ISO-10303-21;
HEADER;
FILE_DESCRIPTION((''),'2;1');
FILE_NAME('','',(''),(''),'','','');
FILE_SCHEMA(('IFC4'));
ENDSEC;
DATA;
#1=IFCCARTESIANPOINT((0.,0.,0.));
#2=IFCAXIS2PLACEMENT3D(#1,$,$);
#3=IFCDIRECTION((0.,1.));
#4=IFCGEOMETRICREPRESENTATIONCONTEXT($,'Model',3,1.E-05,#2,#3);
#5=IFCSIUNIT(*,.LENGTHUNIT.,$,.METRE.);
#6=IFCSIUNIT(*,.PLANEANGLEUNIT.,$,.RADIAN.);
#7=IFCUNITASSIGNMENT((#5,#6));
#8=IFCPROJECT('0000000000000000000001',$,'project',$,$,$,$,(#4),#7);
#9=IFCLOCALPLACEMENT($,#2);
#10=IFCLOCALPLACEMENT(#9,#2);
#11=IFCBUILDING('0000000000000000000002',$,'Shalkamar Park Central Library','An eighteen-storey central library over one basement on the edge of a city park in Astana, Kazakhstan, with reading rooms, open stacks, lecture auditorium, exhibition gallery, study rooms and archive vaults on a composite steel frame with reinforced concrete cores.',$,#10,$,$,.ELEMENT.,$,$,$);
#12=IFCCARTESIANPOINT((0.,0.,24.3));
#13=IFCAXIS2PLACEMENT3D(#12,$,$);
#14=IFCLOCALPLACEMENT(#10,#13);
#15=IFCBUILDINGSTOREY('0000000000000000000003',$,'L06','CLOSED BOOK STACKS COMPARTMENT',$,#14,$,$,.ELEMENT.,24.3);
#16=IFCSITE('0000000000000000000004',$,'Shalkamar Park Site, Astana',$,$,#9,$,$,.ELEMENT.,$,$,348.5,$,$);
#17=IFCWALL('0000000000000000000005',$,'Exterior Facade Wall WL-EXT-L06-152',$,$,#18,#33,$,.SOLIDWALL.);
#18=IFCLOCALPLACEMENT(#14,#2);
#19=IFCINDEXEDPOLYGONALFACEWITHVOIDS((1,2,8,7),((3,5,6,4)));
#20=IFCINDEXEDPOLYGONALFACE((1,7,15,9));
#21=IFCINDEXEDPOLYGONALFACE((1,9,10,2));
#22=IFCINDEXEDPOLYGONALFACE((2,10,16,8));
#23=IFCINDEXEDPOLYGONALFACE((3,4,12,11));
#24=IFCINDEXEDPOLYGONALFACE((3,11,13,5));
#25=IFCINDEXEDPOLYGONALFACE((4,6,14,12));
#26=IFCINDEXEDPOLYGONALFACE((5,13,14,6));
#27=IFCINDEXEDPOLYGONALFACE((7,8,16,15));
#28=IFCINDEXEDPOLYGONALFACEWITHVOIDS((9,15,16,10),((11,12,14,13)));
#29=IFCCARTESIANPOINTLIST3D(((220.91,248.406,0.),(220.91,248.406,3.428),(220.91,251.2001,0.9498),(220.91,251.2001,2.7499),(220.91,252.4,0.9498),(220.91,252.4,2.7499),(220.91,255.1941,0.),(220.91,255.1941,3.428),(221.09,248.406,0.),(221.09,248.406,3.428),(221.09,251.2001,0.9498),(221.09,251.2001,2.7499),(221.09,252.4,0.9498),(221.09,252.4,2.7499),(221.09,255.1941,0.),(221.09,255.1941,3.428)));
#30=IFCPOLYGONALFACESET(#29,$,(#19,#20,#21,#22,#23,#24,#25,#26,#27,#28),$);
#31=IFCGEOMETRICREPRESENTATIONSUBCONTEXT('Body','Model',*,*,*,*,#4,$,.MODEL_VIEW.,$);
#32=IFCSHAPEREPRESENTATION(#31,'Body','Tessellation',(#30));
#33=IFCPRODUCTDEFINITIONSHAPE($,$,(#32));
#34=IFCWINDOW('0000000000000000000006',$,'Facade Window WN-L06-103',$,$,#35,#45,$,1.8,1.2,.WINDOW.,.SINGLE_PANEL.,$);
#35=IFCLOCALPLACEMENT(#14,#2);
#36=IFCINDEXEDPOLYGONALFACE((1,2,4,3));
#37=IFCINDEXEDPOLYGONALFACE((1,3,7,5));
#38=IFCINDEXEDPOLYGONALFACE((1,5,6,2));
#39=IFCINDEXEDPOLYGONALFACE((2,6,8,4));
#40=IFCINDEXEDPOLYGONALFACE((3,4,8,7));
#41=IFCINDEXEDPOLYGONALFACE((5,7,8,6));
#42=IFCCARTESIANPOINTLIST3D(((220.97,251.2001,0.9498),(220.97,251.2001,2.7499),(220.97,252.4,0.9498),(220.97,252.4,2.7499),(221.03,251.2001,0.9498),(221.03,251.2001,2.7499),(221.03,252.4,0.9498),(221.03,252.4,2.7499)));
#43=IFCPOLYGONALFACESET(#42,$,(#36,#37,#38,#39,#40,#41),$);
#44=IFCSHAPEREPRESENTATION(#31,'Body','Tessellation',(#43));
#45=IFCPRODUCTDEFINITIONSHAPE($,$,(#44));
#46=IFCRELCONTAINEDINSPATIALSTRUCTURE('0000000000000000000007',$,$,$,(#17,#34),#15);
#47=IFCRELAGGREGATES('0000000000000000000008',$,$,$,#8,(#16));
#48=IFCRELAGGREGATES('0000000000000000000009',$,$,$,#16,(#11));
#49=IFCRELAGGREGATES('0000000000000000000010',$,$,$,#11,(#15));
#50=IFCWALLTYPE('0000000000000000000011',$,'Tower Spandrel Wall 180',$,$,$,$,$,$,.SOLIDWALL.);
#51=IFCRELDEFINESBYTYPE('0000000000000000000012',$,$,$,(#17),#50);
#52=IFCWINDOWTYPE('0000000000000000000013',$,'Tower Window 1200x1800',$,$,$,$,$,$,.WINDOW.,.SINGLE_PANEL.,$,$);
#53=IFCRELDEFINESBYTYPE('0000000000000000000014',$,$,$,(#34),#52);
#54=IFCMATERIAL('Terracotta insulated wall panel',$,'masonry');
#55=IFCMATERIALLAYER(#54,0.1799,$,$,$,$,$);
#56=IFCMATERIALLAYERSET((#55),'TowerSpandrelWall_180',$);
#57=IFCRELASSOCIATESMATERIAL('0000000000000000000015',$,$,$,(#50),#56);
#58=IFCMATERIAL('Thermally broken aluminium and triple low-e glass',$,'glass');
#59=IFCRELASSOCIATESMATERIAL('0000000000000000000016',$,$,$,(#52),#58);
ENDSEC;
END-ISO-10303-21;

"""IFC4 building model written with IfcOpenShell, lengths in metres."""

from ifc_helpers import new_model, si_unit, direction, frame, frame_2d, origin, place, context, subcontext, project, spatial, rectangle, extrude, material, layer, layer_set, type_object, element, fill, save


model = new_model("IFC4")

# Units and contexts
model_context = context("Model", 3, precision=1e-05, world=origin(), true_north=direction((0.0, 1.0)))
body_context = subcontext(model_context, "Body", "Model", "MODEL_VIEW")
ifc_project = project(units=[si_unit("LENGTHUNIT", "METRE"), si_unit("PLANEANGLEUNIT", "RADIAN")], contexts=[model_context])

# Site, building, storey
site_placement = place(None, origin())
site = spatial("IfcSite", under=ifc_project, at=site_placement, Name="Shalkamar Park Site, Astana", CompositionType="ELEMENT", RefElevation=348.5)
building_placement = place(site_placement, origin())
building = spatial("IfcBuilding", under=site, at=building_placement, Name="Shalkamar Park Central Library", Description="An eighteen-storey central library over one basement on the edge of a city park in Astana, Kazakhstan, with reading rooms, open stacks, lecture auditorium, exhibition gallery, study rooms and archive vaults on a composite steel frame with reinforced concrete cores.", CompositionType="ELEMENT")
storey_placement = place(building_placement, frame((0.0, 0.0, 24.3)))
storey = spatial("IfcBuildingStorey", under=building, at=storey_placement, Name="L06", Description="CLOSED BOOK STACKS COMPARTMENT", CompositionType="ELEMENT", Elevation=24.3)

# Shared definitions
ifc_material_1 = material(Name="Terracotta insulated wall panel", Category="masonry")
ifc_layer_1 = layer(ifc_material_1, 0.1799)
ifc_layer_set_1 = layer_set([ifc_layer_1], Name="TowerSpandrelWall_180")
wall_type_1 = type_object("IfcWallType", Name="Tower Spandrel Wall 180", PredefinedType="SOLIDWALL", material=ifc_layer_set_1)
ifc_material_2 = material(Name="Thermally broken aluminium and triple low-e glass", Category="glass")

# Wall, opening, window
wall_1_placement = place(storey_placement, frame((221.0, 248.406, 0.0), z_axis=(0.0, 0.0, 1.0), x_axis=(0.0, 1.0, 0.0)))
wall_1 = element("IfcWall", 1, at=wall_1_placement, inside=storey, type_object=wall_type_1, Name="Exterior Facade Wall WL-EXT-L06-152", PredefinedType="SOLIDWALL", context=body_context, shape_type="SweptSolid", body=[
    extrude(rectangle(XDim=6.7881, YDim=0.1799, at=frame_2d((3.394, 0.0))), origin(), (0.0, 0.0, 1.0), 3.428),
])
opening_1_placement = place(wall_1_placement, frame((2.7939, 0.0, 0.95)))
opening_1 = element("IfcOpeningElement", 2, at=opening_1_placement, cuts=wall_1, PredefinedType="OPENING", context=body_context, shape_type="SweptSolid", body=[
    extrude(rectangle(XDim=1.2, YDim=1.8, at=frame_2d((0.6001, 0.8999))), frame((0.0, 0.105, 0.0), z_axis=(0.0, -1.0, 0.0), x_axis=(1.0, 0.0, 0.0)), (0.0, 0.0, 1.0), 0.2097),
])
window_type_1 = type_object("IfcWindowType", Name="Tower Window 1200x1800", PartitioningType="SINGLE_PANEL", PredefinedType="WINDOW", material=ifc_material_2)
window_1_placement = place(opening_1_placement, origin())
window_1 = element("IfcWindow", 3, at=window_1_placement, inside=storey, type_object=window_type_1, Name="Facade Window WN-L06-103", OverallHeight=1.8, OverallWidth=1.2, PartitioningType="SINGLE_PANEL", PredefinedType="WINDOW", context=body_context, shape_type="SweptSolid", body=[
    extrude(rectangle(XDim=1.2, YDim=1.8, at=frame_2d((0.6001, 0.8999))), frame((0.0, 0.03, 0.0), z_axis=(0.0, -1.0, 0.0), x_axis=(1.0, 0.0, 0.0)), (0.0, 0.0, 1.0), 0.0601),
])
fill(opening_1, window_1)

save(model, "model.ifc")
